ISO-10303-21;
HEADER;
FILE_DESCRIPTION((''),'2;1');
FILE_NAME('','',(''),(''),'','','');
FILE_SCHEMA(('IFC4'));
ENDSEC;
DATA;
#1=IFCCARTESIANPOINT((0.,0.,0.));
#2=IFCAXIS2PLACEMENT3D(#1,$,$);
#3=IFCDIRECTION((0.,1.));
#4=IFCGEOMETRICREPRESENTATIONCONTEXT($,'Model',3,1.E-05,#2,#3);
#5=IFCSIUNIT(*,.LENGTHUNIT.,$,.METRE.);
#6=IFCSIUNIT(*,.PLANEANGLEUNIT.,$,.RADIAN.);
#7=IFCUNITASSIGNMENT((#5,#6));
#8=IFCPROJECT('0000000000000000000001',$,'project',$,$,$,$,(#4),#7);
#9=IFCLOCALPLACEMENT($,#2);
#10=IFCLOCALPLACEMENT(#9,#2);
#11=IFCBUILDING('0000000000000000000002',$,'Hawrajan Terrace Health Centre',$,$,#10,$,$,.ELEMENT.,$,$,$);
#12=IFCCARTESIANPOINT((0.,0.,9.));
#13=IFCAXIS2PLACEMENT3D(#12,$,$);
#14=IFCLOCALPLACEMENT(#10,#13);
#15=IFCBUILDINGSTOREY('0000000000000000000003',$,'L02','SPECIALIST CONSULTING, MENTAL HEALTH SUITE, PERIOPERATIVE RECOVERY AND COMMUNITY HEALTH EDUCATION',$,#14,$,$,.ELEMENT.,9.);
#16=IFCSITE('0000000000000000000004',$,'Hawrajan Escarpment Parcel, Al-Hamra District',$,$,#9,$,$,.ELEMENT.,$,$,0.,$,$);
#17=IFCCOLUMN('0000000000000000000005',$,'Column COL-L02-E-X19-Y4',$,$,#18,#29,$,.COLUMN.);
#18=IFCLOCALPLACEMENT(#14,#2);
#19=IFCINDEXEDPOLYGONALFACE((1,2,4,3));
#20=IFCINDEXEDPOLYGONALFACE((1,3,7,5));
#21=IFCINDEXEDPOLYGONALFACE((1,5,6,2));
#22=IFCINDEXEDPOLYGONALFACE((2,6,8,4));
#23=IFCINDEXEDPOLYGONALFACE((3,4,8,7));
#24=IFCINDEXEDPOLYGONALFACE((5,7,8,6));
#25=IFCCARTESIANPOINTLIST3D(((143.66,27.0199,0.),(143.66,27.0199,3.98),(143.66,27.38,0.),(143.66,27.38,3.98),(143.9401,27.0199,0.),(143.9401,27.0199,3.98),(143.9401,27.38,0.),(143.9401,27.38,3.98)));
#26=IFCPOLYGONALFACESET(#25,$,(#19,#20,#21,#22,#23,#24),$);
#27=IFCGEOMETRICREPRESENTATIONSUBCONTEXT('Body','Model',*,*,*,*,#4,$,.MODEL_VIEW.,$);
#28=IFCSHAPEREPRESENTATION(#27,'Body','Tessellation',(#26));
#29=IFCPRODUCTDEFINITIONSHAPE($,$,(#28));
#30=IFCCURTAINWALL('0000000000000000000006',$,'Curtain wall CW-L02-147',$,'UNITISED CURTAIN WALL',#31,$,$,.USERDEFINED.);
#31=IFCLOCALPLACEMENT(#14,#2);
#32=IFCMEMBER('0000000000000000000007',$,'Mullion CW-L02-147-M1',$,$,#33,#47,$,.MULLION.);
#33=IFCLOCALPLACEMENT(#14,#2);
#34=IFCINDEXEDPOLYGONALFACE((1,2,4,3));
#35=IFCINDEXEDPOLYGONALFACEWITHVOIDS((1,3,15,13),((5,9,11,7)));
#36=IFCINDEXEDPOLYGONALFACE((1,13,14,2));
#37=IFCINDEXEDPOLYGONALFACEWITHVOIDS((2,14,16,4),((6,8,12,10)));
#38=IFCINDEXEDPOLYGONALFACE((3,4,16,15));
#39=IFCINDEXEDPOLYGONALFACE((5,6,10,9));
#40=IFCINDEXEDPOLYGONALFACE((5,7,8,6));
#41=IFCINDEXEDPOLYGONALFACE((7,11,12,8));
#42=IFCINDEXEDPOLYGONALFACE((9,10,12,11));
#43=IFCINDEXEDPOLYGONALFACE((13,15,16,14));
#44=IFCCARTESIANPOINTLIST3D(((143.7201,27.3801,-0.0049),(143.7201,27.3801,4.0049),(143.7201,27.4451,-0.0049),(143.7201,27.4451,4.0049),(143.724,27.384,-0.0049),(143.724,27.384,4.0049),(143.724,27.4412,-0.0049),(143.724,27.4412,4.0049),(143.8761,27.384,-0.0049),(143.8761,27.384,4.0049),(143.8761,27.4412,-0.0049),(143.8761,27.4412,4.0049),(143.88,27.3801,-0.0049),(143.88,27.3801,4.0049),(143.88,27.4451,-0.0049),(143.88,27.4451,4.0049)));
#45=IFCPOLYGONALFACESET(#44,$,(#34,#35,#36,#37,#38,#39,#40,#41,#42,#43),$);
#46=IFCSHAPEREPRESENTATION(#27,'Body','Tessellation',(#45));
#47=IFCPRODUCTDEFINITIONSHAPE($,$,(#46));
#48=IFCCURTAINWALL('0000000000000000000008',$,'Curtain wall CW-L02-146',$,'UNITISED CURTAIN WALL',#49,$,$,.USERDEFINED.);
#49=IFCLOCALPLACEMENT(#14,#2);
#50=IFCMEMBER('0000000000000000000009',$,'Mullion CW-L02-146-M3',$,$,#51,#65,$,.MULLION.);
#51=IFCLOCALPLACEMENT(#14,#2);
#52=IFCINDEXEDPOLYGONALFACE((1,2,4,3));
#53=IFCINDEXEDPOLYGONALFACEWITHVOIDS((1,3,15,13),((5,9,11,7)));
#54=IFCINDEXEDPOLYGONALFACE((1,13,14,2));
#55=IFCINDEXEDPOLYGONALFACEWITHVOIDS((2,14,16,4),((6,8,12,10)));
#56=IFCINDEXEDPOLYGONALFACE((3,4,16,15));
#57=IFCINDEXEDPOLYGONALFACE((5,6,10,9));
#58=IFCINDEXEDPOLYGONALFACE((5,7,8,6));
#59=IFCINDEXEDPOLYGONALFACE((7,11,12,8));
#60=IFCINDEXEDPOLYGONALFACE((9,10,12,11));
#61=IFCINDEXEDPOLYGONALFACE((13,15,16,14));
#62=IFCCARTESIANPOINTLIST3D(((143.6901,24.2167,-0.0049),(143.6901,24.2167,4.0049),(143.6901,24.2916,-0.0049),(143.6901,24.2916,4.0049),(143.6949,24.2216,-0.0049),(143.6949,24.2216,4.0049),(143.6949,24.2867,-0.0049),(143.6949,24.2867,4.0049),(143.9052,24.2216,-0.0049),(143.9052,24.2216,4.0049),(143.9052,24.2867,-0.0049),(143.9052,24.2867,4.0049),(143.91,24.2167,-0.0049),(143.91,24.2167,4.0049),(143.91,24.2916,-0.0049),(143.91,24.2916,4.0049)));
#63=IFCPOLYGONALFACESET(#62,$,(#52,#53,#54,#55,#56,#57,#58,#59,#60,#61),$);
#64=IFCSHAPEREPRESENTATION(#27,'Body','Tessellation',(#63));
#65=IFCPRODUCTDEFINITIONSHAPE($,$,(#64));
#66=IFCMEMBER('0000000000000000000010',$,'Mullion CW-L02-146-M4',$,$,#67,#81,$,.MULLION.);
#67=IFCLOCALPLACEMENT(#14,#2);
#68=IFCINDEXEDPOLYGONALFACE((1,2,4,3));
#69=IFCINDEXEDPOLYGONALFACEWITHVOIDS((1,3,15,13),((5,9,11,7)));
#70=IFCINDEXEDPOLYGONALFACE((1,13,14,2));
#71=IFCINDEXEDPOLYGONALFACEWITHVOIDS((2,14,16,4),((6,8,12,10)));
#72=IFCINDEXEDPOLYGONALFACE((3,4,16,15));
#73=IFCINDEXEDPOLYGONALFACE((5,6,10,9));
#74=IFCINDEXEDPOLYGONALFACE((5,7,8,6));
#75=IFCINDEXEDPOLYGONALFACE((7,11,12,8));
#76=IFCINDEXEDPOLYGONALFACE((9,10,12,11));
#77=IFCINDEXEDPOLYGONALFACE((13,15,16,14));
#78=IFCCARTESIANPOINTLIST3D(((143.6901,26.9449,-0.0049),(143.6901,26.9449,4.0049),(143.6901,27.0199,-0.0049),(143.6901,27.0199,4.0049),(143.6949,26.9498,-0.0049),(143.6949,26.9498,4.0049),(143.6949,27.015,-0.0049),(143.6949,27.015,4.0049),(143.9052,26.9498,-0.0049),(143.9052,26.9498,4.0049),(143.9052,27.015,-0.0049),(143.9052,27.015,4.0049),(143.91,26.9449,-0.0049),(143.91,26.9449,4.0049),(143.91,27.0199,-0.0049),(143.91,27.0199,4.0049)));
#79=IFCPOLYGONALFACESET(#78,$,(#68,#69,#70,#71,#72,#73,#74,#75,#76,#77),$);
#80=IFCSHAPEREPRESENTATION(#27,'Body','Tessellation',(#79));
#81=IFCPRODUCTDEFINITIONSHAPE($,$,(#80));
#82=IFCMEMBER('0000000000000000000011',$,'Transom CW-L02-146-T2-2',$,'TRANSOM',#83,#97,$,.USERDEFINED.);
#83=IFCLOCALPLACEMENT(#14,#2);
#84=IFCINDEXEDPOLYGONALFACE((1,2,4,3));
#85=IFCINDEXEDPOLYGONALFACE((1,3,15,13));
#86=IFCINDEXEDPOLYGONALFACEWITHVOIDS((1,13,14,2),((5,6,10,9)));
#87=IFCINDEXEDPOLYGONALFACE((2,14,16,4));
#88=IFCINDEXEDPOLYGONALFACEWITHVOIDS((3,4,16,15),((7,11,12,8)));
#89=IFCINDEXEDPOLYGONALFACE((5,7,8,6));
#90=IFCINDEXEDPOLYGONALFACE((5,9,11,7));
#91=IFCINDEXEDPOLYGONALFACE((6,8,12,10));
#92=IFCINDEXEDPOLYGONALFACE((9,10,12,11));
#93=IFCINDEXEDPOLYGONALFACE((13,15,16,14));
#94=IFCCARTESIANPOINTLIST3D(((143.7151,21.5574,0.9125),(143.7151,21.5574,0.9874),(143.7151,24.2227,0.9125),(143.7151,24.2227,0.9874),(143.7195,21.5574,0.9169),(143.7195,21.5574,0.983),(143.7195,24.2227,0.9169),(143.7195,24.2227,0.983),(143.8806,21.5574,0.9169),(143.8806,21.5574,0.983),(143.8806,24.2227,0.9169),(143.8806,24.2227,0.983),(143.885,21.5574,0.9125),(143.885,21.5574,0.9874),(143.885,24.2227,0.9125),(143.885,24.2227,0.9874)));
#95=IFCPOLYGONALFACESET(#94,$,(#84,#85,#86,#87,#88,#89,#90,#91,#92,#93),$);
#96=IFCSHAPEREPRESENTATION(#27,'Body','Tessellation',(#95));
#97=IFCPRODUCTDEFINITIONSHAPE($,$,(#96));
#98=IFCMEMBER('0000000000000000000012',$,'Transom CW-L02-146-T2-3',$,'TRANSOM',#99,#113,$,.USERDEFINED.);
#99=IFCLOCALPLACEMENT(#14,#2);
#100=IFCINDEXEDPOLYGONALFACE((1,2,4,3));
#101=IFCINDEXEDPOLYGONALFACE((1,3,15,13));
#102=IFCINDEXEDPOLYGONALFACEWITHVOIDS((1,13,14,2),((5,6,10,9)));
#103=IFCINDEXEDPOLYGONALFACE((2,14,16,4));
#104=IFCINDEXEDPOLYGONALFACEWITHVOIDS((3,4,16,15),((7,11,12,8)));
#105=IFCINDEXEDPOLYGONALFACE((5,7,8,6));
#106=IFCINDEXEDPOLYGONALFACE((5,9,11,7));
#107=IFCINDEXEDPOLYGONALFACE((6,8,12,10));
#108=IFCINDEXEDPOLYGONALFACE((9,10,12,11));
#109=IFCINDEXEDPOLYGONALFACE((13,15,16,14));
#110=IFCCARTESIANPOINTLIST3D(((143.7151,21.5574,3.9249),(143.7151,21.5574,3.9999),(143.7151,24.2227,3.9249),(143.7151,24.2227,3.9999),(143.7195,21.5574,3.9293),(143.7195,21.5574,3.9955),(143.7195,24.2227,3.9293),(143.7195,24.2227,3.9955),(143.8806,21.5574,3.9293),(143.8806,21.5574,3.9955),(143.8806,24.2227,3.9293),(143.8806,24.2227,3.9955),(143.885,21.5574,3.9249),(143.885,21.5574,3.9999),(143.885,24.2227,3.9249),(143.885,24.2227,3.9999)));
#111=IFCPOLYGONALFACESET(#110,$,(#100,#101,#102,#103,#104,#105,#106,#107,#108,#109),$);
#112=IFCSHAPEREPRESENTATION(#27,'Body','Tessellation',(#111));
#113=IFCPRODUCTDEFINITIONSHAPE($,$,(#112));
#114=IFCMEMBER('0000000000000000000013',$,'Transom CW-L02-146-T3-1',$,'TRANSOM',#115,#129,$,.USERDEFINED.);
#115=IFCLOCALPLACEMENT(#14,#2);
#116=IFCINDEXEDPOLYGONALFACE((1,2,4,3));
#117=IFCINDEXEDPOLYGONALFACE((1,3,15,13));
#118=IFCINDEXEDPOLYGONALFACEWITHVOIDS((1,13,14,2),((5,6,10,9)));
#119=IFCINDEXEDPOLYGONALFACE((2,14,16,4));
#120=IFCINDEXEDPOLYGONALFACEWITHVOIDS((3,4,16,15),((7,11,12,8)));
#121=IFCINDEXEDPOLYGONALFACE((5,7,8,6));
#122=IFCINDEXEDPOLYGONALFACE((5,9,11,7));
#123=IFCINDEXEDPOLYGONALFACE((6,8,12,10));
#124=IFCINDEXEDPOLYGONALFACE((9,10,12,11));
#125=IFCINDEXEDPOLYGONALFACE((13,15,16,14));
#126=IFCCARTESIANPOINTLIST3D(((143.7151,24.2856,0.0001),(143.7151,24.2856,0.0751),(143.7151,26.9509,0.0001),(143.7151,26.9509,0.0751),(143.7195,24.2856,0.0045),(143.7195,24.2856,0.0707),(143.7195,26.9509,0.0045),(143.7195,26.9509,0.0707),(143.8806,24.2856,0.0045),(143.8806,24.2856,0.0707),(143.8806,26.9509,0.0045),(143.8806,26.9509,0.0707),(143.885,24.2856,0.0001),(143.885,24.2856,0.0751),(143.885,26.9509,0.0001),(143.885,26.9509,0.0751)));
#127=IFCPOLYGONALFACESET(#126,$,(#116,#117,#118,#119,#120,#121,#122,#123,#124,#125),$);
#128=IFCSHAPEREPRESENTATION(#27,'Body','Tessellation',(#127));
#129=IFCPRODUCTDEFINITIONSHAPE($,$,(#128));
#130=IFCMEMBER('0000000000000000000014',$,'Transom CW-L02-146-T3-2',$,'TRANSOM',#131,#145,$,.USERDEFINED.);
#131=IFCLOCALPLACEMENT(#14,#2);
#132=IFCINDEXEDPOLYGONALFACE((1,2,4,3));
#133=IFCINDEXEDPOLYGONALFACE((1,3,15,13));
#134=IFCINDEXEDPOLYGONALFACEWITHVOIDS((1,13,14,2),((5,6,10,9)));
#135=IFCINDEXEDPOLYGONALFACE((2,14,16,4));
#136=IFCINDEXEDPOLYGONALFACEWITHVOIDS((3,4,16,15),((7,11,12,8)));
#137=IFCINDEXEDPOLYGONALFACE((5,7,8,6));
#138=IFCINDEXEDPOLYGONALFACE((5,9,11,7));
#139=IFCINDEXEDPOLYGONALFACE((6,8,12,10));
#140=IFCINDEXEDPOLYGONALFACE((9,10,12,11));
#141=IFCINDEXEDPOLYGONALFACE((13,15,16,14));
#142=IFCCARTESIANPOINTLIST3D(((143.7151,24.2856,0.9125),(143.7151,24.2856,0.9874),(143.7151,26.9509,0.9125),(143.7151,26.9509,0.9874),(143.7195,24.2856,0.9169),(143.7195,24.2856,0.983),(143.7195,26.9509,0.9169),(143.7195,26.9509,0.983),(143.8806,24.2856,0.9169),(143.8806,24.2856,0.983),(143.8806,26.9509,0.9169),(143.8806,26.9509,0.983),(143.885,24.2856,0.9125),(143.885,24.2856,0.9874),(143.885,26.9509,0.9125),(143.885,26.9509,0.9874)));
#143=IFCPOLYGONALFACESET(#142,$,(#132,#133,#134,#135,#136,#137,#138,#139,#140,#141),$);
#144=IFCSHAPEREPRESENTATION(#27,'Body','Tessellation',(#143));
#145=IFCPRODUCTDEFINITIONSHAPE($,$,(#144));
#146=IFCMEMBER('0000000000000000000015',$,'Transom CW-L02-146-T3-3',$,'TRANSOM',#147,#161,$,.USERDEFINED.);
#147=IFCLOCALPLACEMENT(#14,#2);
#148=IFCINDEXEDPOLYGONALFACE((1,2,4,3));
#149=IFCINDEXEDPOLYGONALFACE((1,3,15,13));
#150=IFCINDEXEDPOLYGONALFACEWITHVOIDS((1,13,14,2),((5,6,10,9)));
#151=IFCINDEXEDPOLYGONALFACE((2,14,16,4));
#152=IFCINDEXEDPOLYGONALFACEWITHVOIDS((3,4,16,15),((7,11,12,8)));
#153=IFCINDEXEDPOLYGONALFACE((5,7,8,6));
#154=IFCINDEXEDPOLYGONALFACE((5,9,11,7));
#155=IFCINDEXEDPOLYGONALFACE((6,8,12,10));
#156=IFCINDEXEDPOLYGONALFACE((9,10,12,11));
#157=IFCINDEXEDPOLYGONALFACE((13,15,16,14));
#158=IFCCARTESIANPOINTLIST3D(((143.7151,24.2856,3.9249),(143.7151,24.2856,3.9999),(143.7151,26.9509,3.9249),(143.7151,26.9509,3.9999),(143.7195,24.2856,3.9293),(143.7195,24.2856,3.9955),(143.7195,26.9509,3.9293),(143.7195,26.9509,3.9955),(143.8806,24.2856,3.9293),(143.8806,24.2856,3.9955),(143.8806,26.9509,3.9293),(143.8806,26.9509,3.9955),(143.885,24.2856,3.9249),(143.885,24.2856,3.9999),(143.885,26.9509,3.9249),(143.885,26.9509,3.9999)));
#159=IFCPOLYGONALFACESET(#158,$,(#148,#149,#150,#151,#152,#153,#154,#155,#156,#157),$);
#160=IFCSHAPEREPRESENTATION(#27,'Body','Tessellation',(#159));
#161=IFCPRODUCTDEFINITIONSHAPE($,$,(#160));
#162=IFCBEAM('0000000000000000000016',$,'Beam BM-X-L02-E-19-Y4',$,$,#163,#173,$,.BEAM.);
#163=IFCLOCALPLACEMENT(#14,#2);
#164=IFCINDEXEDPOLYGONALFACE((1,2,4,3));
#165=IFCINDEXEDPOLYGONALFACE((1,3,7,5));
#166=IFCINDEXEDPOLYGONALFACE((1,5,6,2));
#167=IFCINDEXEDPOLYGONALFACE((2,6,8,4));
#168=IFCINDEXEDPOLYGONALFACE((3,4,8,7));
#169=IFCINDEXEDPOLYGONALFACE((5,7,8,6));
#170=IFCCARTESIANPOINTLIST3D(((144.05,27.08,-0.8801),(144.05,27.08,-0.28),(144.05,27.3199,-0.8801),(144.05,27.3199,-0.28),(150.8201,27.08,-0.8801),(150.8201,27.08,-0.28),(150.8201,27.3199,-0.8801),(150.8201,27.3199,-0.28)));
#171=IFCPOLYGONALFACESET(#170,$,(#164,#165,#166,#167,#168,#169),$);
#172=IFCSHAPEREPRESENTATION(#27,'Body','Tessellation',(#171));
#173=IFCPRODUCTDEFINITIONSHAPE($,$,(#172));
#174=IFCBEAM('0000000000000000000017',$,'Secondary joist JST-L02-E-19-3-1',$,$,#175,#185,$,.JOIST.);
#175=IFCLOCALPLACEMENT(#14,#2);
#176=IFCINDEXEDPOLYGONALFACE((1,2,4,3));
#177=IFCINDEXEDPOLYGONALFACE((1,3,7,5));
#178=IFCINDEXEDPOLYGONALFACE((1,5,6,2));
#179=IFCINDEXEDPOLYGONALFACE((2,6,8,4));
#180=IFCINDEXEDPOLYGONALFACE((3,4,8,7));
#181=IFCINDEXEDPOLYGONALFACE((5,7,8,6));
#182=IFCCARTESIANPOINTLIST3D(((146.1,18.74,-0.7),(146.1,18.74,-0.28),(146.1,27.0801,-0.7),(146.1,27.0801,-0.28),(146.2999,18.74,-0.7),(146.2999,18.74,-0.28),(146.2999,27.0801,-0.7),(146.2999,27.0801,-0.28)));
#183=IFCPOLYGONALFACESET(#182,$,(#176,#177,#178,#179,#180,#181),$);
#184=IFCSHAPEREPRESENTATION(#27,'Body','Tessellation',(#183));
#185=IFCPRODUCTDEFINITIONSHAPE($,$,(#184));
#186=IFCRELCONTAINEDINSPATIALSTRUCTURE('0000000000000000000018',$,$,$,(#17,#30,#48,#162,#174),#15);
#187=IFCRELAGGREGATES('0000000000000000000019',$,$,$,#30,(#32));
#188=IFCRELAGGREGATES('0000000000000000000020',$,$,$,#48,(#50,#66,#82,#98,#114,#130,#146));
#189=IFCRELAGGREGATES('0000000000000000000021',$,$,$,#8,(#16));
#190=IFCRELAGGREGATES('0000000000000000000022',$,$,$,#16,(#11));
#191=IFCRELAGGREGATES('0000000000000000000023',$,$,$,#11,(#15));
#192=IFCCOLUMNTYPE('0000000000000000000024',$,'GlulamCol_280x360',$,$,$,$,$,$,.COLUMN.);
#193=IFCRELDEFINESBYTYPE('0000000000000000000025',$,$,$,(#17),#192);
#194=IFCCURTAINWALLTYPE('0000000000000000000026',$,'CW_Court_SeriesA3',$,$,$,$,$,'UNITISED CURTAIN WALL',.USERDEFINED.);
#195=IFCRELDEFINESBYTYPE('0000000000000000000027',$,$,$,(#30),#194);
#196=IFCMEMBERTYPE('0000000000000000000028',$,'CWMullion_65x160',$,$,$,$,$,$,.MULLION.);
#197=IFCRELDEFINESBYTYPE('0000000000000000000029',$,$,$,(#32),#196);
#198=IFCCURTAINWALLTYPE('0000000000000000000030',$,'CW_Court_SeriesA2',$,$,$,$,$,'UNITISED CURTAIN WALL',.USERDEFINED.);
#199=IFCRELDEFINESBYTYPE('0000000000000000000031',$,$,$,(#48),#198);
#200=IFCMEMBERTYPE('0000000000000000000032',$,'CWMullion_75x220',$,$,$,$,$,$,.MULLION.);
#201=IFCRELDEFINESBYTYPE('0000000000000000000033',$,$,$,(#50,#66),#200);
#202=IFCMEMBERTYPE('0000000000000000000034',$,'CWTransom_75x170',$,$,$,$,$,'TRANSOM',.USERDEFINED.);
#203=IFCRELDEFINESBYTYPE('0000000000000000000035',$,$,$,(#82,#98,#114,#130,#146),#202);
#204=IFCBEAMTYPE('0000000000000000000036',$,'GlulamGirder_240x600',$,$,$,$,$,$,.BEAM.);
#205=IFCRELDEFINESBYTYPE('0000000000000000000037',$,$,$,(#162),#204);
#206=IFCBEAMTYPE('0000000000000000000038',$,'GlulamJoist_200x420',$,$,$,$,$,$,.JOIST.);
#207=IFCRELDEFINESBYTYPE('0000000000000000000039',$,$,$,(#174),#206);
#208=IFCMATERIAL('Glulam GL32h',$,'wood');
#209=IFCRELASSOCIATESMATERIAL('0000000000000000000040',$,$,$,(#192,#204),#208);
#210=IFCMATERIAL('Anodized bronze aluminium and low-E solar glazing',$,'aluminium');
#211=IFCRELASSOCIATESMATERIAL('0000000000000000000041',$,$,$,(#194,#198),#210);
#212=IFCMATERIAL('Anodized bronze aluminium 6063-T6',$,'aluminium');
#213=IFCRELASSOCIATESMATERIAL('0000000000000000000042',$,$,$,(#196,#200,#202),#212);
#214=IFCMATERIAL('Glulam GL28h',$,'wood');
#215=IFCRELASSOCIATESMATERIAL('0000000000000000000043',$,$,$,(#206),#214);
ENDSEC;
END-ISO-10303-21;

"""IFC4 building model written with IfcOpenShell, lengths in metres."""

from ifc_helpers import new_model, si_unit, direction, frame, origin, origin_2d, place, context, subcontext, project, spatial, rectangle, hollow_rectangle, extrude, material, material_profile, profile_set, type_object, element, aggregate, save


model = new_model("IFC4")

# Units and contexts
model_context = context("Model", 3, precision=1e-05, world=origin(), true_north=direction((0.0, 1.0)))
body_context = subcontext(model_context, "Body", "Model", "MODEL_VIEW")
ifc_project = project(units=[si_unit("LENGTHUNIT", "METRE"), si_unit("PLANEANGLEUNIT", "RADIAN")], contexts=[model_context])

# Site, building, storey
site_placement = place(None, origin())
site = spatial("IfcSite", under=ifc_project, at=site_placement, Name="Hawrajan Escarpment Parcel, Al-Hamra District", CompositionType="ELEMENT", RefElevation=0.0)
building_placement = place(site_placement, origin())
building = spatial("IfcBuilding", under=site, at=building_placement, Name="Hawrajan Terrace Health Centre", CompositionType="ELEMENT")
storey_placement = place(building_placement, frame((0.0, 0.0, 9.0)))
storey = spatial("IfcBuildingStorey", under=building, at=storey_placement, Name="L02", Description="SPECIALIST CONSULTING, MENTAL HEALTH SUITE, PERIOPERATIVE RECOVERY AND COMMUNITY HEALTH EDUCATION", CompositionType="ELEMENT", Elevation=9.0)

# Column
ifc_material_1 = material(Name="Glulam GL32h", Category="wood")
ifc_material_profile_1 = material_profile(ifc_material_1, rectangle(XDim=0.28, YDim=0.3601, at=origin_2d()), Name="GL 280x360")
ifc_profile_set_1 = profile_set([ifc_material_profile_1], Name="Glulam GL32h")
column_type = type_object("IfcColumnType", Name="GlulamCol_280x360", PredefinedType="COLUMN", material=ifc_profile_set_1)
column_placement = place(storey_placement, frame((143.8, 27.2, 0.0), z_axis=(0.0, 0.0, 1.0), x_axis=(1.0, 0.0, 0.0)))
element("IfcColumn", 1, at=column_placement, inside=storey, type_object=column_type, Name="Column COL-L02-E-X19-Y4", PredefinedType="COLUMN", context=body_context, shape_type="SweptSolid", body=[
    extrude(rectangle(XDim=0.28, YDim=0.3601, at=origin_2d()), origin(), (0.0, 0.0, 1.0), 3.98),
])

# Curtain wall, member
ifc_material_2 = material(Name="Anodized bronze aluminium and low-E solar glazing", Category="aluminium")
curtain_wall_type_1 = type_object("IfcCurtainWallType", Name="CW_Court_SeriesA3", ElementType="UNITISED CURTAIN WALL", PredefinedType="USERDEFINED", material=ifc_material_2)
curtain_wall_1_placement = place(storey_placement, origin())
curtain_wall_1 = element("IfcCurtainWall", 2, at=curtain_wall_1_placement, inside=storey, type_object=curtain_wall_type_1, Name="Curtain wall CW-L02-147", ObjectType="UNITISED CURTAIN WALL", PredefinedType="USERDEFINED")
ifc_material_3 = material(Name="Anodized bronze aluminium 6063-T6", Category="aluminium")
ifc_material_profile_2 = material_profile(ifc_material_3, hollow_rectangle(XDim=0.0649, YDim=0.1599, WallThickness=0.0039, at=origin_2d()), Name="CW MUL 65x160")
ifc_profile_set_2 = profile_set([ifc_material_profile_2], Name="Anodized bronze aluminium 6063-T6")
member_type_1 = type_object("IfcMemberType", Name="CWMullion_65x160", PredefinedType="MULLION", material=ifc_profile_set_2)
member_1_placement = place(storey_placement, frame((143.8, 27.4126, -0.0049), z_axis=(0.0, 0.0, 1.0), x_axis=(0.0, 1.0, 0.0)))
member_1 = element("IfcMember", 3, at=member_1_placement, type_object=member_type_1, Name="Mullion CW-L02-147-M1", PredefinedType="MULLION", context=body_context, shape_type="SweptSolid", body=[
    extrude(hollow_rectangle(XDim=0.0649, YDim=0.1599, WallThickness=0.0039, at=origin_2d()), origin(), (0.0, 0.0, 1.0), 4.0098),
])
aggregate(curtain_wall_1, [member_1])

# Curtain wall, members
curtain_wall_type_2 = type_object("IfcCurtainWallType", Name="CW_Court_SeriesA2", ElementType="UNITISED CURTAIN WALL", PredefinedType="USERDEFINED", material=ifc_material_2)
curtain_wall_2_placement = place(storey_placement, origin())
curtain_wall_2 = element("IfcCurtainWall", 4, at=curtain_wall_2_placement, inside=storey, type_object=curtain_wall_type_2, Name="Curtain wall CW-L02-146", ObjectType="UNITISED CURTAIN WALL", PredefinedType="USERDEFINED")
ifc_material_profile_3 = material_profile(ifc_material_3, hollow_rectangle(XDim=0.075, YDim=0.22, WallThickness=0.0049, at=origin_2d()), Name="CW MUL 75x220")
ifc_profile_set_3 = profile_set([ifc_material_profile_3], Name="Anodized bronze aluminium 6063-T6")
member_type_2 = type_object("IfcMemberType", Name="CWMullion_75x220", PredefinedType="MULLION", material=ifc_profile_set_3)
member_2_placement = place(storey_placement, frame((143.8, 24.2542, -0.0049), z_axis=(0.0, 0.0, 1.0), x_axis=(0.0, 1.0, 0.0)))
member_2 = element("IfcMember", 5, at=member_2_placement, type_object=member_type_2, Name="Mullion CW-L02-146-M3", PredefinedType="MULLION", context=body_context, shape_type="SweptSolid", body=[
    extrude(hollow_rectangle(XDim=0.075, YDim=0.22, WallThickness=0.0049, at=origin_2d()), origin(), (0.0, 0.0, 1.0), 4.0098),
])
member_3_placement = place(storey_placement, frame((143.8, 26.9824, -0.0049), z_axis=(0.0, 0.0, 1.0), x_axis=(0.0, 1.0, 0.0)))
member_3 = element("IfcMember", 6, at=member_3_placement, type_object=member_type_2, Name="Mullion CW-L02-146-M4", PredefinedType="MULLION", context=body_context, shape_type="SweptSolid", body=[
    extrude(hollow_rectangle(XDim=0.075, YDim=0.22, WallThickness=0.0049, at=origin_2d()), origin(), (0.0, 0.0, 1.0), 4.0098),
])
ifc_material_profile_4 = material_profile(ifc_material_3, hollow_rectangle(XDim=0.075, YDim=0.1699, WallThickness=0.0044, at=origin_2d()), Name="CW TRN 75x170")
ifc_profile_set_4 = profile_set([ifc_material_profile_4], Name="Anodized bronze aluminium 6063-T6")
member_type_3 = type_object("IfcMemberType", Name="CWTransom_75x170", ElementType="TRANSOM", PredefinedType="USERDEFINED", material=ifc_profile_set_4)
member_4_placement = place(storey_placement, frame((143.8, 21.5574, 0.95), z_axis=(0.0, 1.0, 0.0), x_axis=(0.0, 0.0, 1.0)))
member_4 = element("IfcMember", 7, at=member_4_placement, type_object=member_type_3, Name="Transom CW-L02-146-T2-2", ObjectType="TRANSOM", PredefinedType="USERDEFINED", context=body_context, shape_type="SweptSolid", body=[
    extrude(hollow_rectangle(XDim=0.075, YDim=0.1699, WallThickness=0.0044, at=origin_2d()), origin(), (0.0, 0.0, 1.0), 2.6653),
])
member_5_placement = place(storey_placement, frame((143.8, 21.5574, 3.9624), z_axis=(0.0, 1.0, 0.0), x_axis=(0.0, 0.0, 1.0)))
member_5 = element("IfcMember", 8, at=member_5_placement, type_object=member_type_3, Name="Transom CW-L02-146-T2-3", ObjectType="TRANSOM", PredefinedType="USERDEFINED", context=body_context, shape_type="SweptSolid", body=[
    extrude(hollow_rectangle(XDim=0.075, YDim=0.1699, WallThickness=0.0044, at=origin_2d()), origin(), (0.0, 0.0, 1.0), 2.6653),
])
member_6_placement = place(storey_placement, frame((143.8, 24.2856, 0.0376), z_axis=(0.0, 1.0, 0.0), x_axis=(0.0, 0.0, 1.0)))
member_6 = element("IfcMember", 9, at=member_6_placement, type_object=member_type_3, Name="Transom CW-L02-146-T3-1", ObjectType="TRANSOM", PredefinedType="USERDEFINED", context=body_context, shape_type="SweptSolid", body=[
    extrude(hollow_rectangle(XDim=0.075, YDim=0.1699, WallThickness=0.0044, at=origin_2d()), origin(), (0.0, 0.0, 1.0), 2.6653),
])
member_7_placement = place(storey_placement, frame((143.8, 24.2856, 0.95), z_axis=(0.0, 1.0, 0.0), x_axis=(0.0, 0.0, 1.0)))
member_7 = element("IfcMember", 10, at=member_7_placement, type_object=member_type_3, Name="Transom CW-L02-146-T3-2", ObjectType="TRANSOM", PredefinedType="USERDEFINED", context=body_context, shape_type="SweptSolid", body=[
    extrude(hollow_rectangle(XDim=0.075, YDim=0.1699, WallThickness=0.0044, at=origin_2d()), origin(), (0.0, 0.0, 1.0), 2.6653),
])
member_8_placement = place(storey_placement, frame((143.8, 24.2856, 3.9624), z_axis=(0.0, 1.0, 0.0), x_axis=(0.0, 0.0, 1.0)))
member_8 = element("IfcMember", 11, at=member_8_placement, type_object=member_type_3, Name="Transom CW-L02-146-T3-3", ObjectType="TRANSOM", PredefinedType="USERDEFINED", context=body_context, shape_type="SweptSolid", body=[
    extrude(hollow_rectangle(XDim=0.075, YDim=0.1699, WallThickness=0.0044, at=origin_2d()), origin(), (0.0, 0.0, 1.0), 2.6653),
])

# Beams
ifc_material_profile_5 = material_profile(ifc_material_1, rectangle(XDim=0.24, YDim=0.6001, at=origin_2d()), Name="GL BM 240x600")
ifc_profile_set_5 = profile_set([ifc_material_profile_5], Name="Glulam GL32h")
beam_type_1 = type_object("IfcBeamType", Name="GlulamGirder_240x600", PredefinedType="BEAM", material=ifc_profile_set_5)
beam_1_placement = place(storey_placement, frame((144.05, 27.2, -0.5801), z_axis=(1.0, 0.0, 0.0), x_axis=(0.0, 1.0, 0.0)))
element("IfcBeam", 12, at=beam_1_placement, inside=storey, type_object=beam_type_1, Name="Beam BM-X-L02-E-19-Y4", PredefinedType="BEAM", context=body_context, shape_type="SweptSolid", body=[
    extrude(rectangle(XDim=0.24, YDim=0.6001, at=origin_2d()), origin(), (0.0, 0.0, 1.0), 6.77),
])
ifc_material_4 = material(Name="Glulam GL28h", Category="wood")
ifc_material_profile_6 = material_profile(ifc_material_4, rectangle(XDim=0.2, YDim=0.4199, at=origin_2d()), Name="GL JST 200x420")
ifc_profile_set_6 = profile_set([ifc_material_profile_6], Name="Glulam GL28h")
beam_type_2 = type_object("IfcBeamType", Name="GlulamJoist_200x420", PredefinedType="JOIST", material=ifc_profile_set_6)
beam_2_placement = place(storey_placement, frame((146.2, 18.74, -0.49), z_axis=(0.0, 1.0, 0.0), x_axis=(-1.0, 0.0, 0.0)))
element("IfcBeam", 13, at=beam_2_placement, inside=storey, type_object=beam_type_2, Name="Secondary joist JST-L02-E-19-3-1", PredefinedType="JOIST", context=body_context, shape_type="SweptSolid", body=[
    extrude(rectangle(XDim=0.2, YDim=0.4199, at=origin_2d()), origin(), (0.0, 0.0, 1.0), 8.3401),
])

aggregate(curtain_wall_2, [member_2, member_3, member_4, member_5, member_6, member_7, member_8])

save(model, "model.ifc")
